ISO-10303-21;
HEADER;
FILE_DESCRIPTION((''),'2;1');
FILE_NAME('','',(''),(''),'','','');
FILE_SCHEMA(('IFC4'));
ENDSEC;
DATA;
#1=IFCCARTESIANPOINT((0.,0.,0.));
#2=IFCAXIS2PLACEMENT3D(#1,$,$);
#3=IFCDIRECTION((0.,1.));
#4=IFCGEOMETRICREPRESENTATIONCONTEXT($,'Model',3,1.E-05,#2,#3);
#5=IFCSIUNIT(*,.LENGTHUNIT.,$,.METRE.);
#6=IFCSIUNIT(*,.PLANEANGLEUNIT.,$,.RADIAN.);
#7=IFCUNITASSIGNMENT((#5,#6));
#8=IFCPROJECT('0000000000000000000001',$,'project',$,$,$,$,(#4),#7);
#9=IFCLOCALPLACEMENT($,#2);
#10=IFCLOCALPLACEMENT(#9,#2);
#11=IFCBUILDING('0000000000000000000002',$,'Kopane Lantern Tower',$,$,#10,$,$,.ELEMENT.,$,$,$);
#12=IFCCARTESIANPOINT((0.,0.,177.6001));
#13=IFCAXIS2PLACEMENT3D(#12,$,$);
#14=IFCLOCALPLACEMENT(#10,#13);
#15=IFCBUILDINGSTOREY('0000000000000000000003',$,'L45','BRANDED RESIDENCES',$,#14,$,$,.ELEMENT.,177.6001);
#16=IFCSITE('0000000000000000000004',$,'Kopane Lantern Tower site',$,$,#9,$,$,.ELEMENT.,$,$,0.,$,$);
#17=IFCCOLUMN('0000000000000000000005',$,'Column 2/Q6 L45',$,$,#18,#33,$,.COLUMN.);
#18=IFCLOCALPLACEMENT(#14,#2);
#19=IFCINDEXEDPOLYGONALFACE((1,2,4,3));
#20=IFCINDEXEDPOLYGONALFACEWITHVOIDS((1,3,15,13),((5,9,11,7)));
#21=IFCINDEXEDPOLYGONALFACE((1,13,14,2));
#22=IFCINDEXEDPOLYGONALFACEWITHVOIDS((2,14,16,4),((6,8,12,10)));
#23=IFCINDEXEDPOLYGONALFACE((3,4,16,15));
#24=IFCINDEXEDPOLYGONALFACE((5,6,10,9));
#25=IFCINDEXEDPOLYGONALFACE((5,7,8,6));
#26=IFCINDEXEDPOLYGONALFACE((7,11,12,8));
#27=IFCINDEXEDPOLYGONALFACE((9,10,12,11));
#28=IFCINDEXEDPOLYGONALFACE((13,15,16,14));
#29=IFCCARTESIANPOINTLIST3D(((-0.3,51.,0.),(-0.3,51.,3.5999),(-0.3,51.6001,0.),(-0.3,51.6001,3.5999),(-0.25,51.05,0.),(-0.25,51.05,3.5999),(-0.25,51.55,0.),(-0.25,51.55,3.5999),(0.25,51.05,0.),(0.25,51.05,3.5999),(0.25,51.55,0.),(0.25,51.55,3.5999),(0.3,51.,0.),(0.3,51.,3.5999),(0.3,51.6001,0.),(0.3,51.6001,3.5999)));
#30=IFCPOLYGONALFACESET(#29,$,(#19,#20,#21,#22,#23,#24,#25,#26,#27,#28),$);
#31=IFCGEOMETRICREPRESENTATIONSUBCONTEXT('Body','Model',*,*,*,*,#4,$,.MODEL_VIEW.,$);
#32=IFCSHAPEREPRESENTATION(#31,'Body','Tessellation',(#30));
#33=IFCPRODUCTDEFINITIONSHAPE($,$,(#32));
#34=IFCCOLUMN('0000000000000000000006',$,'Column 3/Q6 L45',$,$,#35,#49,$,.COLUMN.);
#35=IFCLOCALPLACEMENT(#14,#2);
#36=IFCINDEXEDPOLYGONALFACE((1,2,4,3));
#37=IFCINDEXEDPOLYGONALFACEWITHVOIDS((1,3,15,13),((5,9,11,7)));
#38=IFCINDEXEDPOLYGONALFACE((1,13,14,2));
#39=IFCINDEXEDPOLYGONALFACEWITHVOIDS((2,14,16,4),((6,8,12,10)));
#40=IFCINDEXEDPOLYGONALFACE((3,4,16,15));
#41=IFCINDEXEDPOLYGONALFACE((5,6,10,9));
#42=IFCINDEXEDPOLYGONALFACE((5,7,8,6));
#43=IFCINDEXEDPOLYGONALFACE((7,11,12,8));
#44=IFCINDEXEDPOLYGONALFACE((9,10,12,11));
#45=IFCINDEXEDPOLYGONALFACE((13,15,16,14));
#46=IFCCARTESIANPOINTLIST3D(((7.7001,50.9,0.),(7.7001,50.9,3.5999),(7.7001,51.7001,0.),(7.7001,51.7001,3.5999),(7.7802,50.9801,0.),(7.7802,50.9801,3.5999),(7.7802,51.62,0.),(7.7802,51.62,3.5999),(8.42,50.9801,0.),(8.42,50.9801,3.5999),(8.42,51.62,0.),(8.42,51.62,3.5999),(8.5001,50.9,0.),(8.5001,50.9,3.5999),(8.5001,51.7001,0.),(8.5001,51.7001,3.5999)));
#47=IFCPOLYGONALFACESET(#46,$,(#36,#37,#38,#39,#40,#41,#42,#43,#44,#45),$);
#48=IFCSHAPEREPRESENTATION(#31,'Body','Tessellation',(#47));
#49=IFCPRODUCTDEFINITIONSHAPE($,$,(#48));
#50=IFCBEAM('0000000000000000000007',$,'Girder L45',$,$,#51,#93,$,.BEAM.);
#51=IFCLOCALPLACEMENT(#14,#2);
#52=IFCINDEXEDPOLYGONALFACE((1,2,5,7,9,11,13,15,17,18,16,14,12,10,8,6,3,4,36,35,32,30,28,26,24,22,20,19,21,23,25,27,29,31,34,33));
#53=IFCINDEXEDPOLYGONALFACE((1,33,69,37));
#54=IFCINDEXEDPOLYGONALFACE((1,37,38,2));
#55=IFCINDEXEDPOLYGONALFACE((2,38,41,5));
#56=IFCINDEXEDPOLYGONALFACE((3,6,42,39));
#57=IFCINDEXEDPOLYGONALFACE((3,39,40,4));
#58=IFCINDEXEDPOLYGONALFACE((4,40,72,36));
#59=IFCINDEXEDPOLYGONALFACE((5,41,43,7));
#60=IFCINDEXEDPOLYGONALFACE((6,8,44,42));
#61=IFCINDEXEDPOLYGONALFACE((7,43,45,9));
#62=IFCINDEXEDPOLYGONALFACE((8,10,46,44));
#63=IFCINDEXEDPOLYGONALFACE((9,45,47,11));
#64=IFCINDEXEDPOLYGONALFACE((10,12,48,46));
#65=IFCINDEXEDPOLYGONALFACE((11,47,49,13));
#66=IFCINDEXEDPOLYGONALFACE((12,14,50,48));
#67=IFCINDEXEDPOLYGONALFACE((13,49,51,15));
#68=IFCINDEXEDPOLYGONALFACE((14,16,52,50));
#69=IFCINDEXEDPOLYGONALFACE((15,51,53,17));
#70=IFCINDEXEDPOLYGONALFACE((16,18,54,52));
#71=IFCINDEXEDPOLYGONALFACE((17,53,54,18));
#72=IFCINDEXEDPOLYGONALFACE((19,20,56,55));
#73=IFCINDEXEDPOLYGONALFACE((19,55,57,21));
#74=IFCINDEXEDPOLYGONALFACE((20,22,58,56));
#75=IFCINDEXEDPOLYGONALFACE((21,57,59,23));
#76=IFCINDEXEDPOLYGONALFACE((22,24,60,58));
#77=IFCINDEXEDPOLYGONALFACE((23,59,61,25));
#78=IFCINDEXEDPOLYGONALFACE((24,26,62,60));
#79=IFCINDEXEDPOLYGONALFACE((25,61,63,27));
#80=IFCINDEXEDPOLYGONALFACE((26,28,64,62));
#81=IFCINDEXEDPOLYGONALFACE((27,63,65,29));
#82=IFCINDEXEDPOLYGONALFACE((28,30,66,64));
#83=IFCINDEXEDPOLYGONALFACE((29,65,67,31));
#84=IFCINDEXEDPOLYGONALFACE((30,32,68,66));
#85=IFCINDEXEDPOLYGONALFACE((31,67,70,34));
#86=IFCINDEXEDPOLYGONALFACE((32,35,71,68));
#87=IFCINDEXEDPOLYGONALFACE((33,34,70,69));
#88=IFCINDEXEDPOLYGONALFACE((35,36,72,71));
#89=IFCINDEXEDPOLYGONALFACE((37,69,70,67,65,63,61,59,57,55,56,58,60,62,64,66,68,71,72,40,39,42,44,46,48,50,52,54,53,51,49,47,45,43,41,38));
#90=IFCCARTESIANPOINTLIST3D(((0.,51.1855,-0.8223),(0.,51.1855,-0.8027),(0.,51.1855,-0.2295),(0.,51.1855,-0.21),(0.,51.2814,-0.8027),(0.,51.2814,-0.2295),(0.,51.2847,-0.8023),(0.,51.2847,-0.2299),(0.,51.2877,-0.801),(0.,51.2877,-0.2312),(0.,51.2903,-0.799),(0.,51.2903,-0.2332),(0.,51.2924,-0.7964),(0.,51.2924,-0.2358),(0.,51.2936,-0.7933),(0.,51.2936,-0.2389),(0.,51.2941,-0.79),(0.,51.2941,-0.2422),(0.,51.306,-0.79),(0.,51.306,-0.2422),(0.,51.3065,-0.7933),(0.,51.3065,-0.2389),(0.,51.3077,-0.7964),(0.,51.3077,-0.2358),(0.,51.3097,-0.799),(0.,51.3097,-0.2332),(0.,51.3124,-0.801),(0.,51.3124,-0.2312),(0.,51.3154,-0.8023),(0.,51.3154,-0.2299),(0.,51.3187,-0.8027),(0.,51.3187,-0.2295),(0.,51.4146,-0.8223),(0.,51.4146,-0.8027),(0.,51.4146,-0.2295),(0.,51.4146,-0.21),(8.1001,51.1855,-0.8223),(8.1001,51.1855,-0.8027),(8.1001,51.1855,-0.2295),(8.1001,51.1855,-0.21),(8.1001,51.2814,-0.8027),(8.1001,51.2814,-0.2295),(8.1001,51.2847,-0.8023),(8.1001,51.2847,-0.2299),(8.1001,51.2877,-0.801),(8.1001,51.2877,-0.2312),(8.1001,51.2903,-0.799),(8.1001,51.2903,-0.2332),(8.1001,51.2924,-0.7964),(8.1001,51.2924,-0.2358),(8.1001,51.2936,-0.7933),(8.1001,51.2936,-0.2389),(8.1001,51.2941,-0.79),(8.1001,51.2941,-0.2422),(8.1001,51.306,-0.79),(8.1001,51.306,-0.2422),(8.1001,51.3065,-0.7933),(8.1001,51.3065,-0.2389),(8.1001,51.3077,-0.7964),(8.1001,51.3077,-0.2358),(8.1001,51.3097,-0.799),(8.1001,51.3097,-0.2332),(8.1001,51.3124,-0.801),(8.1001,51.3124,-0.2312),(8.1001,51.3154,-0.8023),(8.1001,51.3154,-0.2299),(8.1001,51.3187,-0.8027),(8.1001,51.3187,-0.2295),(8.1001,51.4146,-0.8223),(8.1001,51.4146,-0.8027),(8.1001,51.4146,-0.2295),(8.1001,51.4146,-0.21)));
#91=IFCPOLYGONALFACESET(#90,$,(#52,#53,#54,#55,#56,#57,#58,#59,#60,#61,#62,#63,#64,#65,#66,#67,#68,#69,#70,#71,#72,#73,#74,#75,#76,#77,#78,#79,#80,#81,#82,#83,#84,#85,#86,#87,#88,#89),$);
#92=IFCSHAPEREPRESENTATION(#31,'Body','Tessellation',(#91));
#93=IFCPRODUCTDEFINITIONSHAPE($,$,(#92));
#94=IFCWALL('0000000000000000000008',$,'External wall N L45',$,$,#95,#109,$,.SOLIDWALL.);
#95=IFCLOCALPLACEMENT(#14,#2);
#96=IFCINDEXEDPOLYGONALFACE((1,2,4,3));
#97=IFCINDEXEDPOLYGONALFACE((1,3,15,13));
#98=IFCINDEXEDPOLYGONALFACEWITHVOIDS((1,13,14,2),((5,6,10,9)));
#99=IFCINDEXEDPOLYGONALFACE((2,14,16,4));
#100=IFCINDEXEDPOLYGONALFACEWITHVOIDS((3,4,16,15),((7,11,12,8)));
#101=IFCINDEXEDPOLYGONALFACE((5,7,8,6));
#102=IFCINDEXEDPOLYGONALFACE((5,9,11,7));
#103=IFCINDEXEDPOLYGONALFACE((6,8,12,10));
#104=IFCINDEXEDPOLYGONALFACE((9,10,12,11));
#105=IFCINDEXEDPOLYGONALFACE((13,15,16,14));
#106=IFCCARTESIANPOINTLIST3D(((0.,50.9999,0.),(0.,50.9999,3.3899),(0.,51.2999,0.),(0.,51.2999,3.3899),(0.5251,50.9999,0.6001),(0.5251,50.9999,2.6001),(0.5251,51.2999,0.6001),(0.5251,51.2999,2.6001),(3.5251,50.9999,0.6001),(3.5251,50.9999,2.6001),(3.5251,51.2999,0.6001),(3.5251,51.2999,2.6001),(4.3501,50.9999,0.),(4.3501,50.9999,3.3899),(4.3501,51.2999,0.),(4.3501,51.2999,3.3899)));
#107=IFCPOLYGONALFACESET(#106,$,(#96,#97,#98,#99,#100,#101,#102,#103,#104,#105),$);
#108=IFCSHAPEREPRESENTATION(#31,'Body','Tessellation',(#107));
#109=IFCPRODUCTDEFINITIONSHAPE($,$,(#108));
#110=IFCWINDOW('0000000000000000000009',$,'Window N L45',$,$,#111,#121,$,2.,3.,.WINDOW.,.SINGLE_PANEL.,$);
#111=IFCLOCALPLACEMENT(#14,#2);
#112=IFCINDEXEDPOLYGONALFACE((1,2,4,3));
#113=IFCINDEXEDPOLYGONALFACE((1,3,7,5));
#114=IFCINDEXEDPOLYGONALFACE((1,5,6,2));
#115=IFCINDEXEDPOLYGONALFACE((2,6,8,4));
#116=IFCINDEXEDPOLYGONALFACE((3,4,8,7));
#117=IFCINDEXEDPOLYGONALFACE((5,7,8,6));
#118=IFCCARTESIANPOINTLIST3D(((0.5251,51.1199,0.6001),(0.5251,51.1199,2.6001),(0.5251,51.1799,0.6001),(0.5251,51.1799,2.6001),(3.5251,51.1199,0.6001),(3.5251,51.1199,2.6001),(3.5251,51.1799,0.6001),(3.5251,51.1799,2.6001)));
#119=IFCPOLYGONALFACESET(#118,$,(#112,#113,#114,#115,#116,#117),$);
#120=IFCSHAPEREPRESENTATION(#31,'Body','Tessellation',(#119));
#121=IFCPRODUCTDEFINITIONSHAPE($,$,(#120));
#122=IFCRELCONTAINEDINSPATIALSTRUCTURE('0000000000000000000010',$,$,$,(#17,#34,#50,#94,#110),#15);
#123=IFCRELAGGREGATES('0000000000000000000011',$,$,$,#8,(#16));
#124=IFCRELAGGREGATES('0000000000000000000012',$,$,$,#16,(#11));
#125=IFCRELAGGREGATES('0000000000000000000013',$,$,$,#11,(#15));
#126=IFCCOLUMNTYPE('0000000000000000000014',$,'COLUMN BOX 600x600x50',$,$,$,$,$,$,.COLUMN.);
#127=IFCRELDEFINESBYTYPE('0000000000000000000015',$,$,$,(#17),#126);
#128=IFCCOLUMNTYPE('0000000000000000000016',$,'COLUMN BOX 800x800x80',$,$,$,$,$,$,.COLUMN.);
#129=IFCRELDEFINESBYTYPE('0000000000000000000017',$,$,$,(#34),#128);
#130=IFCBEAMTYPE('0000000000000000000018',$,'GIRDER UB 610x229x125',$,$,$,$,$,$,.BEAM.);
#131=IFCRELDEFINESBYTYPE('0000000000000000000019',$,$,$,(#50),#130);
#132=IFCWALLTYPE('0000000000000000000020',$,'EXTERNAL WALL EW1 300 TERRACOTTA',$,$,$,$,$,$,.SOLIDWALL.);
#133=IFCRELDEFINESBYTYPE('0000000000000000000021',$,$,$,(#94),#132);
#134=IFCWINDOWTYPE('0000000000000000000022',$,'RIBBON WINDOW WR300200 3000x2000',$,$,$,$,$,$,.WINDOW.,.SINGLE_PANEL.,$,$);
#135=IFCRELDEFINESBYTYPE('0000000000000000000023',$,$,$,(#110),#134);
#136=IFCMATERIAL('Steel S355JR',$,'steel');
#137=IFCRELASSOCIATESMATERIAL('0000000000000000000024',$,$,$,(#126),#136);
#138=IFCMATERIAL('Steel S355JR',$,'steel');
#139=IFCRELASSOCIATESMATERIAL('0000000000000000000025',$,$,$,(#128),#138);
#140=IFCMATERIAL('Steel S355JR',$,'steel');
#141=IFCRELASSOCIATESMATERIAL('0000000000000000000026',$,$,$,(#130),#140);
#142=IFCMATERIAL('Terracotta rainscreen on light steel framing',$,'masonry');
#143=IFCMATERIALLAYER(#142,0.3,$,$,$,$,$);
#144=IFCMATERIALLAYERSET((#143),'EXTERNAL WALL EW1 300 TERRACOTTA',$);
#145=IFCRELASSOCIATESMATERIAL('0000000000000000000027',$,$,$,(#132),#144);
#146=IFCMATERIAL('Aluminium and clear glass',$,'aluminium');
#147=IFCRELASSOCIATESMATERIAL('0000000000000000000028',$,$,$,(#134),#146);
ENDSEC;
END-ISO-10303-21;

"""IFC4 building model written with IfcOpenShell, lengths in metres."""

from ifc_helpers import new_model, si_unit, direction, frame, frame_2d, origin, origin_2d, place, context, subcontext, project, spatial, rectangle, hollow_rectangle, i_section, extrude, material, layer, layer_set, material_profile, profile_set, type_object, element, fill, save


model = new_model("IFC4")

# Units and contexts
model_context = context("Model", 3, precision=1e-05, world=origin(), true_north=direction((0.0, 1.0)))
body_context = subcontext(model_context, "Body", "Model", "MODEL_VIEW")
ifc_project = project(units=[si_unit("LENGTHUNIT", "METRE"), si_unit("PLANEANGLEUNIT", "RADIAN")], contexts=[model_context])

# Site, building, storey
site_placement = place(None, origin())
site = spatial("IfcSite", under=ifc_project, at=site_placement, Name="Kopane Lantern Tower site", CompositionType="ELEMENT", RefElevation=0.0)
building_placement = place(site_placement, origin())
building = spatial("IfcBuilding", under=site, at=building_placement, Name="Kopane Lantern Tower", CompositionType="ELEMENT")
storey_placement = place(building_placement, frame((0.0, 0.0, 177.6001)))
storey = spatial("IfcBuildingStorey", under=building, at=storey_placement, Name="L45", Description="BRANDED RESIDENCES", CompositionType="ELEMENT", Elevation=177.6001)

# Columns
ifc_material_1 = material(Name="Steel S355JR", Category="steel")
ifc_material_profile_1 = material_profile(ifc_material_1, hollow_rectangle(XDim=0.6001, YDim=0.6001, WallThickness=0.05, at=origin_2d()), Name="BOX 600x600x50")
ifc_profile_set_1 = profile_set([ifc_material_profile_1], Name="Steel S355JR")
column_type_1 = type_object("IfcColumnType", Name="COLUMN BOX 600x600x50", PredefinedType="COLUMN", material=ifc_profile_set_1)
column_1_placement = place(storey_placement, frame((0.0, 51.3, 0.0), z_axis=(0.0, 0.0, 1.0), x_axis=(1.0, 0.0, 0.0)))
element("IfcColumn", 1, at=column_1_placement, inside=storey, type_object=column_type_1, Name="Column 2/Q6 L45", PredefinedType="COLUMN", context=body_context, shape_type="SweptSolid", body=[
    extrude(hollow_rectangle(XDim=0.6001, YDim=0.6001, WallThickness=0.05, at=origin_2d()), origin(), (0.0, 0.0, 1.0), 3.5999),
])
ifc_material_2 = material(Name="Steel S355JR", Category="steel")
ifc_material_profile_2 = material_profile(ifc_material_2, hollow_rectangle(XDim=0.8, YDim=0.8, WallThickness=0.0801, at=origin_2d()), Name="BOX 800x800x80")
ifc_profile_set_2 = profile_set([ifc_material_profile_2], Name="Steel S355JR")
column_type_2 = type_object("IfcColumnType", Name="COLUMN BOX 800x800x80", PredefinedType="COLUMN", material=ifc_profile_set_2)
column_2_placement = place(storey_placement, frame((8.1001, 51.3, 0.0), z_axis=(0.0, 0.0, 1.0), x_axis=(1.0, 0.0, 0.0)))
element("IfcColumn", 2, at=column_2_placement, inside=storey, type_object=column_type_2, Name="Column 3/Q6 L45", PredefinedType="COLUMN", context=body_context, shape_type="SweptSolid", body=[
    extrude(hollow_rectangle(XDim=0.8, YDim=0.8, WallThickness=0.0801, at=origin_2d()), origin(), (0.0, 0.0, 1.0), 3.5999),
])

# Beam
ifc_material_3 = material(Name="Steel S355JR", Category="steel")
ifc_material_profile_3 = material_profile(ifc_material_3, i_section(OverallWidth=0.229, OverallDepth=0.6123, WebThickness=0.012, FlangeThickness=0.0195, FilletRadius=0.0127, at=origin_2d()), Name="UB 610x229x125")
ifc_profile_set_3 = profile_set([ifc_material_profile_3], Name="Steel S355JR")
beam_type = type_object("IfcBeamType", Name="GIRDER UB 610x229x125", PredefinedType="BEAM", material=ifc_profile_set_3)
beam_placement = place(storey_placement, frame((0.0, 51.3, -0.5161), z_axis=(1.0, 0.0, 0.0), x_axis=(0.0, 1.0, 0.0)))
element("IfcBeam", 3, at=beam_placement, inside=storey, type_object=beam_type, Name="Girder L45", PredefinedType="BEAM", context=body_context, shape_type="SweptSolid", body=[
    extrude(i_section(OverallWidth=0.229, OverallDepth=0.6123, WebThickness=0.012, FlangeThickness=0.0195, FilletRadius=0.0127, at=origin_2d()), origin(), (0.0, 0.0, 1.0), 8.1001),
])

# Wall, opening, window
ifc_material_4 = material(Name="Terracotta rainscreen on light steel framing", Category="masonry")
ifc_layer = layer(ifc_material_4, 0.3)
ifc_layer_set = layer_set([ifc_layer], Name="EXTERNAL WALL EW1 300 TERRACOTTA")
wall_type = type_object("IfcWallType", Name="EXTERNAL WALL EW1 300 TERRACOTTA", PredefinedType="SOLIDWALL", material=ifc_layer_set)
wall_1_placement = place(storey_placement, frame((4.3501, 51.1499, 0.0), z_axis=(0.0, 0.0, 1.0), x_axis=(-1.0, 0.0, 0.0)))
wall_1 = element("IfcWall", 4, at=wall_1_placement, inside=storey, type_object=wall_type, Name="External wall N L45", PredefinedType="SOLIDWALL", context=body_context, shape_type="SweptSolid", body=[
    extrude(rectangle(XDim=4.3501, YDim=0.3, at=frame_2d((2.175, 0.0))), origin(), (0.0, 0.0, 1.0), 3.3899),
])
opening_1_placement = place(wall_1_placement, frame((0.825, 0.0, 0.6001)))
opening_1 = element("IfcOpeningElement", 5, at=opening_1_placement, cuts=wall_1, PredefinedType="OPENING", context=body_context, shape_type="SweptSolid", body=[
    extrude(rectangle(XDim=3.0, YDim=2.0, at=frame_2d((1.5, 1.0))), frame((0.0, 0.1599, 0.0), z_axis=(0.0, -1.0, 0.0), x_axis=(1.0, 0.0, 0.0)), (0.0, 0.0, 1.0), 0.3201),
])
ifc_material_5 = material(Name="Aluminium and clear glass", Category="aluminium")
window_type_1 = type_object("IfcWindowType", Name="RIBBON WINDOW WR300200 3000x2000", PartitioningType="SINGLE_PANEL", PredefinedType="WINDOW", material=ifc_material_5)
window_1_placement = place(opening_1_placement, origin())
window_1 = element("IfcWindow", 6, at=window_1_placement, inside=storey, type_object=window_type_1, Name="Window N L45", OverallHeight=2.0, OverallWidth=3.0, PartitioningType="SINGLE_PANEL", PredefinedType="WINDOW", context=body_context, shape_type="SweptSolid", body=[
    extrude(rectangle(XDim=3.0, YDim=2.0, at=frame_2d((1.5, 1.0))), frame((0.0, 0.03, 0.0), z_axis=(0.0, -1.0, 0.0), x_axis=(1.0, 0.0, 0.0)), (0.0, 0.0, 1.0), 0.0601),
])
fill(opening_1, window_1)

save(model, "model.ifc")
